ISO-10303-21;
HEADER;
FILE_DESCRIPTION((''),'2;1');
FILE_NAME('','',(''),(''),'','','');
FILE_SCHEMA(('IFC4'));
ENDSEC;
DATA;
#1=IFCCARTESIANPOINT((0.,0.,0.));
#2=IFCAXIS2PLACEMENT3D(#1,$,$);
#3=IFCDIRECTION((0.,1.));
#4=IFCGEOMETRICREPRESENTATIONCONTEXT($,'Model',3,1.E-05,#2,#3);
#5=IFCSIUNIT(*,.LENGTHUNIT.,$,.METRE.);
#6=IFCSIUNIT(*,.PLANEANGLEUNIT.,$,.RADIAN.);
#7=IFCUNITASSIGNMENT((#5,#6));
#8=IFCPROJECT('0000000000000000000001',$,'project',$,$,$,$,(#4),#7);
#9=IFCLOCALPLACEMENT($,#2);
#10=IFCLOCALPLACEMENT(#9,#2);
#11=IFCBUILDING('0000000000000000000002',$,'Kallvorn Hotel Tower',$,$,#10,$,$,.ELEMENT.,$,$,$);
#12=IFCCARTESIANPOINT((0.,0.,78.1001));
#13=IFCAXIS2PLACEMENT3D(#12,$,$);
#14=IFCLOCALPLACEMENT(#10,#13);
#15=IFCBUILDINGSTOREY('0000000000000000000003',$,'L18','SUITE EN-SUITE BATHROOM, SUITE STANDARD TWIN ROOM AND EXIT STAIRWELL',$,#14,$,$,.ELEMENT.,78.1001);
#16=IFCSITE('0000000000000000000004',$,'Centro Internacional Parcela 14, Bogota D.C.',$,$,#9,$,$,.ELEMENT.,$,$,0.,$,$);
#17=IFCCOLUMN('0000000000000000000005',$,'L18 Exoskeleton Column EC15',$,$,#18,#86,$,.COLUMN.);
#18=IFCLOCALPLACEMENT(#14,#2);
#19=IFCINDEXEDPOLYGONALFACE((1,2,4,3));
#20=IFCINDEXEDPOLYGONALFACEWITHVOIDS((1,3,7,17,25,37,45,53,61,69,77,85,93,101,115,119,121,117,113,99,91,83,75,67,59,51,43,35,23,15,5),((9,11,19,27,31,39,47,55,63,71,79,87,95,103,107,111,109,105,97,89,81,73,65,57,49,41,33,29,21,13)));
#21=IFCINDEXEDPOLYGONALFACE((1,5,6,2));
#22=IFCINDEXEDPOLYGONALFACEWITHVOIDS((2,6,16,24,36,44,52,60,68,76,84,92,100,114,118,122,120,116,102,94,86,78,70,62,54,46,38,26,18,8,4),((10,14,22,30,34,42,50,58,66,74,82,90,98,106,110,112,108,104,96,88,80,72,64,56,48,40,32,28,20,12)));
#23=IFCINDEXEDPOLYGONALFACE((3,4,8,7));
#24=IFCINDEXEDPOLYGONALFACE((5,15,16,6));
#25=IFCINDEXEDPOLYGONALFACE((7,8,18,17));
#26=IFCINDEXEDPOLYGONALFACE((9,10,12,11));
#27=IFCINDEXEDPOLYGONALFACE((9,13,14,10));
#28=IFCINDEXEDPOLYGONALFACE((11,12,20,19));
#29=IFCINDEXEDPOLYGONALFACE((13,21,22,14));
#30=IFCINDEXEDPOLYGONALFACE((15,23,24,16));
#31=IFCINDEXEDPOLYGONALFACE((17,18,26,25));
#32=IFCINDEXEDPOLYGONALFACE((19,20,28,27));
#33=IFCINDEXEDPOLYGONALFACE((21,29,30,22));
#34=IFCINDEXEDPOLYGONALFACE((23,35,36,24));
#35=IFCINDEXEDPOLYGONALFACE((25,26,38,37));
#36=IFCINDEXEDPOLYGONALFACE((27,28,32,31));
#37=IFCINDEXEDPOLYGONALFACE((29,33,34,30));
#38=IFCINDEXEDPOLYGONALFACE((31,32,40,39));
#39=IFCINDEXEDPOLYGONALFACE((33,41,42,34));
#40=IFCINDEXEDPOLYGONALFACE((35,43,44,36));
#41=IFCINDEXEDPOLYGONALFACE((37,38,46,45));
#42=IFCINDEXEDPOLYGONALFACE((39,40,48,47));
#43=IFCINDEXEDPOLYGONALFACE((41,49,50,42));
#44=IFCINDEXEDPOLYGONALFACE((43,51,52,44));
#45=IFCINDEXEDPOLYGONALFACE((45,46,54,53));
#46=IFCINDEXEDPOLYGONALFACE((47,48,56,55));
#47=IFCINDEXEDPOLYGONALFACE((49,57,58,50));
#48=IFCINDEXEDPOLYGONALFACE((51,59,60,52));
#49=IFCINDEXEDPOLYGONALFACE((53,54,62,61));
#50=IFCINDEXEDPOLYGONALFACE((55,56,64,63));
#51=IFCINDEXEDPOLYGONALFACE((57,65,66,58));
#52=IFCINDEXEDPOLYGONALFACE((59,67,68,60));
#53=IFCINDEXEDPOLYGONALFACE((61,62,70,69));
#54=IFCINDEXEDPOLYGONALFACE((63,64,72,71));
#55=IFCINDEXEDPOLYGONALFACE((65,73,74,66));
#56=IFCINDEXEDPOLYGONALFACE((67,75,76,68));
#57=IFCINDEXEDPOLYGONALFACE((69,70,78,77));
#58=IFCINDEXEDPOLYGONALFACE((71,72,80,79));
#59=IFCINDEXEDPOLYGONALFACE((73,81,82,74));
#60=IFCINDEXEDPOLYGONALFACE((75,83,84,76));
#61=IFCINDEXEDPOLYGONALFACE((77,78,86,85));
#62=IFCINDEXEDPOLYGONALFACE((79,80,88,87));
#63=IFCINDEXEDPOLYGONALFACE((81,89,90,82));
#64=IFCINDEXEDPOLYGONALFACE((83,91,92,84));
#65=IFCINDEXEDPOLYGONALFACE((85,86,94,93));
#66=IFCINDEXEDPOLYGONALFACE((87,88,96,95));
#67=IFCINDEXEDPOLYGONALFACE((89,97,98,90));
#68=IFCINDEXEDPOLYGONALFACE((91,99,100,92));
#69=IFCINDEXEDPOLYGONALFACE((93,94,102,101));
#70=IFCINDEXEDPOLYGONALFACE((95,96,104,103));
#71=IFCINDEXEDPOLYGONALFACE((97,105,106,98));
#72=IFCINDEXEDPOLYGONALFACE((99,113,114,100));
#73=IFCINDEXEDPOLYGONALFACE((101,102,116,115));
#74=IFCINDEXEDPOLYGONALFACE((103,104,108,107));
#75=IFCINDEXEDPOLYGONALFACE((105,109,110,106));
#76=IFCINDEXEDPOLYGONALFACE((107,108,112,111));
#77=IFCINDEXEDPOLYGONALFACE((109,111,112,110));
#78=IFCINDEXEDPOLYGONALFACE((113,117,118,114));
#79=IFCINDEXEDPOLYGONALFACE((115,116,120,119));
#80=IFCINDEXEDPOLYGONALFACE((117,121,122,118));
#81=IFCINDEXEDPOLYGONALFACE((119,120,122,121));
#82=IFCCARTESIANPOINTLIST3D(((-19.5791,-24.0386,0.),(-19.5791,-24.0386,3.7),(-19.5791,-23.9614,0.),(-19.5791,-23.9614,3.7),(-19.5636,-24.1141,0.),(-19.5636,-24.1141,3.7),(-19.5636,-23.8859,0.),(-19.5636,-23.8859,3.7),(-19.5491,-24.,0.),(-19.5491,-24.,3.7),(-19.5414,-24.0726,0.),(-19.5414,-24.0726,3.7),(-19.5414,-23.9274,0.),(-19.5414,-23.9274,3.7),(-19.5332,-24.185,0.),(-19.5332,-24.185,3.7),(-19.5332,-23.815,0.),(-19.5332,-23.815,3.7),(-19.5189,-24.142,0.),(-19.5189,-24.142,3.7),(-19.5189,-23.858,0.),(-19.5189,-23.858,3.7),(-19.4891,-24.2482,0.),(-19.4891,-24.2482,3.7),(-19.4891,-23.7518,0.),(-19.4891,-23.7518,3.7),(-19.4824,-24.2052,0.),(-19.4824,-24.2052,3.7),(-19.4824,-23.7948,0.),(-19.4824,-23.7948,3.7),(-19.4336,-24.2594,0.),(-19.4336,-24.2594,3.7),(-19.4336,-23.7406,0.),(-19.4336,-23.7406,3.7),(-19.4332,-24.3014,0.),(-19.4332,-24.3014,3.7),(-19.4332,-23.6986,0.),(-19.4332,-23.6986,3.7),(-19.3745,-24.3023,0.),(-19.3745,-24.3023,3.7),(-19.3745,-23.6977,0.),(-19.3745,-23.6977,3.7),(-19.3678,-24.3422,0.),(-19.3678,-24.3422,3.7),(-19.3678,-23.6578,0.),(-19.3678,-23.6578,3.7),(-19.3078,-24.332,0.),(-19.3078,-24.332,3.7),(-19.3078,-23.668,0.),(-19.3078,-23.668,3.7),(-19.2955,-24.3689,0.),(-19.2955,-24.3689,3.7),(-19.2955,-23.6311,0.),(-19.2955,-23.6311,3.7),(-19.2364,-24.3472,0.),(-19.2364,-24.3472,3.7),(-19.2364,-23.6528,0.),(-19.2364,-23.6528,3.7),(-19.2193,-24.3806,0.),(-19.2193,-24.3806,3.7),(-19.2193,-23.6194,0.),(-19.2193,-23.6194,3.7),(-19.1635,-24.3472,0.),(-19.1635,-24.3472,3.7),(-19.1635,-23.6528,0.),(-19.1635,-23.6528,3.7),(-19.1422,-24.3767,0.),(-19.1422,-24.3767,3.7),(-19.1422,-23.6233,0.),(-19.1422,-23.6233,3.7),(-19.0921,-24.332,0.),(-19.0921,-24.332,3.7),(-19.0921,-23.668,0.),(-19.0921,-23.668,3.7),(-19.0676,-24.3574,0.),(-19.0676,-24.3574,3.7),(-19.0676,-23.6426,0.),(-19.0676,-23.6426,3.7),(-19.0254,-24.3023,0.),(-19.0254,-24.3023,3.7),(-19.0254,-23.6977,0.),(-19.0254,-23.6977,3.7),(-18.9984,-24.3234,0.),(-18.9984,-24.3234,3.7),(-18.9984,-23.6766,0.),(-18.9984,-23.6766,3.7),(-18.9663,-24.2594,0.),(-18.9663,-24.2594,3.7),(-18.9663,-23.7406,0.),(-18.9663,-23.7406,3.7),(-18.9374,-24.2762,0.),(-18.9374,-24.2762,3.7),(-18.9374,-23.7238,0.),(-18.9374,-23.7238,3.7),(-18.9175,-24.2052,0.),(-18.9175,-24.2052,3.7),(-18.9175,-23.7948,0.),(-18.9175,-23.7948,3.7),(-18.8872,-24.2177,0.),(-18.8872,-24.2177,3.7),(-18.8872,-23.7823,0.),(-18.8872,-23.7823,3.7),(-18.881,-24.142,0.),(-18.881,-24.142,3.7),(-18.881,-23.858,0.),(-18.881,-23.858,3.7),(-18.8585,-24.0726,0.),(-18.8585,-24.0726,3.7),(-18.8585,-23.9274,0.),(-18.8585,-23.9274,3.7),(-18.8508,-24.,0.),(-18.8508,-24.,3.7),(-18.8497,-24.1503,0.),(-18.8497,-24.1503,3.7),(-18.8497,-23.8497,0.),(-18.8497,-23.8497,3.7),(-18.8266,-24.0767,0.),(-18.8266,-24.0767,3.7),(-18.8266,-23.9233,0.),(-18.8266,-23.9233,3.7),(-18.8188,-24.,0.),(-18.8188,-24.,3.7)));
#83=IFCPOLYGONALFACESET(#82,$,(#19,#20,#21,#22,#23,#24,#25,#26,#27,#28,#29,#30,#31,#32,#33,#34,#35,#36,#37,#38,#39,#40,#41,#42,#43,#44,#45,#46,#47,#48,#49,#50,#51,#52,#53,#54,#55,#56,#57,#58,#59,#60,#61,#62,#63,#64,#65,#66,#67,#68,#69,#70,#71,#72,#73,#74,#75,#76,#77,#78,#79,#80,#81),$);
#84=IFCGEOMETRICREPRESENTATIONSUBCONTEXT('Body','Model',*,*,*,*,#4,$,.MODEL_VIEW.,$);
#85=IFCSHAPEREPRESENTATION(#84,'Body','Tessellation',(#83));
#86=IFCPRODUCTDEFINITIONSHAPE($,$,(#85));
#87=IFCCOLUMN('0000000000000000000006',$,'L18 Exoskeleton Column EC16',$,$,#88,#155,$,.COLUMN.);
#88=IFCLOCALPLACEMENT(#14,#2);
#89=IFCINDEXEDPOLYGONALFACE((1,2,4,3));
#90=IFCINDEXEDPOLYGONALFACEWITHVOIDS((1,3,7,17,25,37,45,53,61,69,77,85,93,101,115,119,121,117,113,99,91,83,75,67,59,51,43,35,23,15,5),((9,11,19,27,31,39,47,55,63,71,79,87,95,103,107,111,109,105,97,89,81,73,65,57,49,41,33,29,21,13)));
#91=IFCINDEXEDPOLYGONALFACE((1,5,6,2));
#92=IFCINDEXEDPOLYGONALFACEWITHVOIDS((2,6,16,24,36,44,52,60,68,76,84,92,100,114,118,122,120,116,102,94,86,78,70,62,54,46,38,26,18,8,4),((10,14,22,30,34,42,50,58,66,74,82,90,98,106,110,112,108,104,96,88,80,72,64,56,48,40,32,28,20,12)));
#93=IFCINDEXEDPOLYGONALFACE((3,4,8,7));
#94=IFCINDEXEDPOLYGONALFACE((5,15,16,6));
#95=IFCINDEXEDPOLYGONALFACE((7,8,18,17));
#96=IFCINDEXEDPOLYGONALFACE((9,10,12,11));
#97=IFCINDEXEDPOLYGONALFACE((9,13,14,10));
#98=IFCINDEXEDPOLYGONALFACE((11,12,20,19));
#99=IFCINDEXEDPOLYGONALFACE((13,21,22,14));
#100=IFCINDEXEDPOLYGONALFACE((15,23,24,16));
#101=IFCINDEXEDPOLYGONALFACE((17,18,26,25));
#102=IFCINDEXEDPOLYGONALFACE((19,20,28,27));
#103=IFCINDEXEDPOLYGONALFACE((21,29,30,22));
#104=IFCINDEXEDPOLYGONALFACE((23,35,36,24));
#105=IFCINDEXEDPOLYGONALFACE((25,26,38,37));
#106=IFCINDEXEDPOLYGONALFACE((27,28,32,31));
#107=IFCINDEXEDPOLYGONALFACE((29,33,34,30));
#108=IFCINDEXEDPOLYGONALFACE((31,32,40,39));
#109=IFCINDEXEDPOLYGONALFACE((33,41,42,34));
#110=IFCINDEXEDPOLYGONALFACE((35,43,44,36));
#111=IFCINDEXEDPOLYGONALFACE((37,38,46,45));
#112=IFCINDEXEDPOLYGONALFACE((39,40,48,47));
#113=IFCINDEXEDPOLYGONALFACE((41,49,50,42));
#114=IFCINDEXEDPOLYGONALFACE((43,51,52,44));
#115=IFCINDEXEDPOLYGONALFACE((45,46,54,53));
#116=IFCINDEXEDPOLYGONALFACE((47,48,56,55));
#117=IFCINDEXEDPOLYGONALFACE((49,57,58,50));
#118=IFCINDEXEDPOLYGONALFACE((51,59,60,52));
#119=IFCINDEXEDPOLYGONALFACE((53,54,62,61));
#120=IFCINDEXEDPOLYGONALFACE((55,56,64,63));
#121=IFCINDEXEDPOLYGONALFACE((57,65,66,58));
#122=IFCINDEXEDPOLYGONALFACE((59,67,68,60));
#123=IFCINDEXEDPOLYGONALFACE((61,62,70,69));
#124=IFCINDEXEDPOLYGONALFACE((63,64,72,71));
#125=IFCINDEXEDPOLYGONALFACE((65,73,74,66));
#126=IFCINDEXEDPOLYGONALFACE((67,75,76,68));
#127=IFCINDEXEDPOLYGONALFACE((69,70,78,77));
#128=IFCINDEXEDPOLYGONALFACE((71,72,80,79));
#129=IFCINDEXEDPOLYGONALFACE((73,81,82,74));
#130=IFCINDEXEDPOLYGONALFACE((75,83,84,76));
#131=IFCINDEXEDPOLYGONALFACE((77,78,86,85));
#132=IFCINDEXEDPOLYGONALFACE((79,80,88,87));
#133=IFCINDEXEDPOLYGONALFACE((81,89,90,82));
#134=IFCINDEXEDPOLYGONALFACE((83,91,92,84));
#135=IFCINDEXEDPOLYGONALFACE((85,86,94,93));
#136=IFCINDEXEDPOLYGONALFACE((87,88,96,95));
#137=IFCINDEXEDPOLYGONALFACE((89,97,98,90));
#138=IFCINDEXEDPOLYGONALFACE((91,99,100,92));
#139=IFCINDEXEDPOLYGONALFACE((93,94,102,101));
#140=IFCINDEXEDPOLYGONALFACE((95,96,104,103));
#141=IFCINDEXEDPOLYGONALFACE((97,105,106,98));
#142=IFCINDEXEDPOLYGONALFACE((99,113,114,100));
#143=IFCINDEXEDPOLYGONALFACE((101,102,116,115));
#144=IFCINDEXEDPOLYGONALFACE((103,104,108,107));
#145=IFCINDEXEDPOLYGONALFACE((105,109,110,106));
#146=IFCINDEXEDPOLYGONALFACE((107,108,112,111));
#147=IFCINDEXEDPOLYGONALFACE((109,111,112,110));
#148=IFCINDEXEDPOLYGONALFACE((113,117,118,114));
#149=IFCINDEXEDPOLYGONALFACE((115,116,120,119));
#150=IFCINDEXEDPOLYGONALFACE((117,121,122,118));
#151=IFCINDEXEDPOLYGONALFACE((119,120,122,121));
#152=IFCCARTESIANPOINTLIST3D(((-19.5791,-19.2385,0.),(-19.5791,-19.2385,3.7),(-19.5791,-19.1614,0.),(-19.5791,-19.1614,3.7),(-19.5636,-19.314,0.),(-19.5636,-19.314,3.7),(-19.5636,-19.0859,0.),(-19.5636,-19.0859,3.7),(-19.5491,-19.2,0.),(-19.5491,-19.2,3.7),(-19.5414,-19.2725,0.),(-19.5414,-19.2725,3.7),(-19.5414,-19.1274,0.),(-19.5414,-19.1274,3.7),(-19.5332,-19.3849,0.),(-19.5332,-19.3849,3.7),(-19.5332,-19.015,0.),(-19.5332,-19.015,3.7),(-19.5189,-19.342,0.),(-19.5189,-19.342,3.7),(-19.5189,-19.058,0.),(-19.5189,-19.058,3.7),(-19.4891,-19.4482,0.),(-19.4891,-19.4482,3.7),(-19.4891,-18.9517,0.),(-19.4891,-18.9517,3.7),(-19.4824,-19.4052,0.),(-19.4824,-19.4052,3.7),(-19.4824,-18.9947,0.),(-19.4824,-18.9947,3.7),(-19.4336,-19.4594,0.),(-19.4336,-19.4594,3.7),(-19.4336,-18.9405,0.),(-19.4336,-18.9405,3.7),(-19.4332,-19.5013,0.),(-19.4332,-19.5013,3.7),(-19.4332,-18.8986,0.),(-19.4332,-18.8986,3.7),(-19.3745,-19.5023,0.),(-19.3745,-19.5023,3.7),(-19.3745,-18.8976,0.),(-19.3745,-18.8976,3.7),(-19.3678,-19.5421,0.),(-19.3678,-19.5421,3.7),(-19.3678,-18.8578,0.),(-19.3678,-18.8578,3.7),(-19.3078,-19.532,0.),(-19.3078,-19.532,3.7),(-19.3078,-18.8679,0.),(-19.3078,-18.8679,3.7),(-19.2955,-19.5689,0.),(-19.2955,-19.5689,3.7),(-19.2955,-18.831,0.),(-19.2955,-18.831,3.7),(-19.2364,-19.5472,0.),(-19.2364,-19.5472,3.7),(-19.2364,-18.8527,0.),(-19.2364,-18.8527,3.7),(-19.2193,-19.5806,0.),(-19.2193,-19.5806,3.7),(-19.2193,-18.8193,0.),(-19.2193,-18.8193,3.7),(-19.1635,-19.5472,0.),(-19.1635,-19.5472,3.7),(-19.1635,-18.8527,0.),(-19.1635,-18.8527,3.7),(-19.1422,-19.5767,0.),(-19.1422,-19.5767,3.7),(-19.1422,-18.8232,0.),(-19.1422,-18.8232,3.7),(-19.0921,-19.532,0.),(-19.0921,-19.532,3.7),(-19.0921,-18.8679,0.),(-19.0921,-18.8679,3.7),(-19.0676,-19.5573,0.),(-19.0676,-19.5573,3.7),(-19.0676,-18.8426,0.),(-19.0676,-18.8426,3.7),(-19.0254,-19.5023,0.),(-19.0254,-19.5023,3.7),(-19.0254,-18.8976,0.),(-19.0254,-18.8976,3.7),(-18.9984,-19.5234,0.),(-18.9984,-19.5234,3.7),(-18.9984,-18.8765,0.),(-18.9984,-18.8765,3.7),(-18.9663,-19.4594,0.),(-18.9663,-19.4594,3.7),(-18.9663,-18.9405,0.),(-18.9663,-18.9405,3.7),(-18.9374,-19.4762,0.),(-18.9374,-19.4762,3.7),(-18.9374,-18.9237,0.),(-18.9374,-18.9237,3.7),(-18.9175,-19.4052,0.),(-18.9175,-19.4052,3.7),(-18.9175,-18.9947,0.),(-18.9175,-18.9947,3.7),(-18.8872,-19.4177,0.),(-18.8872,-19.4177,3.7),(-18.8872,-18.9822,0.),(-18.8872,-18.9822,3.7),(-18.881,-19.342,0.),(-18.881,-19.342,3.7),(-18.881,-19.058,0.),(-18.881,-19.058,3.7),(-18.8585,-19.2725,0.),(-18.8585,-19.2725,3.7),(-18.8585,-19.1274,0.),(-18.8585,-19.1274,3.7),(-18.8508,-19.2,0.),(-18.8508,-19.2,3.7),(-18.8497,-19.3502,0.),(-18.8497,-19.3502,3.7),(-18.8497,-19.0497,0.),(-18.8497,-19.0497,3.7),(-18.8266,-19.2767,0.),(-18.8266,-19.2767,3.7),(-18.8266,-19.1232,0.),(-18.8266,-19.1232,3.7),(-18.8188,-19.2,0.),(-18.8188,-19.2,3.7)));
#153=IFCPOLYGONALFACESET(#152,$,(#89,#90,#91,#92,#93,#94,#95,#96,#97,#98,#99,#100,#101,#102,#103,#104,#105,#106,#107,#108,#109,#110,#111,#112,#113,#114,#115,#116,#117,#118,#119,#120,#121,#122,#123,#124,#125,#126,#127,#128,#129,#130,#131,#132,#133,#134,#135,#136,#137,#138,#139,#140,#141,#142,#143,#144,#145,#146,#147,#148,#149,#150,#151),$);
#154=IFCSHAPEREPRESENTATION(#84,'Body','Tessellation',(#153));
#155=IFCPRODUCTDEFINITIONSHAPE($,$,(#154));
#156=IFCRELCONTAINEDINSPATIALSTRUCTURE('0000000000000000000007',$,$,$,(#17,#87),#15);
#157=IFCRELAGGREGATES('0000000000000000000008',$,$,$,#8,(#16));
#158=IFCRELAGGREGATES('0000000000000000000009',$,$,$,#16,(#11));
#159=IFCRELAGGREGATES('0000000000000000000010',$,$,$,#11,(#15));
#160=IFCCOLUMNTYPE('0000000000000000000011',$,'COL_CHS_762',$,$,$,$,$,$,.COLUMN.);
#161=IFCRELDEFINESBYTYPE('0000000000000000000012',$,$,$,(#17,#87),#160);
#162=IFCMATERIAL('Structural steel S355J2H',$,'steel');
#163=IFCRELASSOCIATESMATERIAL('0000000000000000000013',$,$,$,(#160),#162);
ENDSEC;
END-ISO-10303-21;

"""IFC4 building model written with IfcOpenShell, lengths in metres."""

from ifc_helpers import new_model, si_unit, direction, frame, origin, origin_2d, place, context, subcontext, project, spatial, hollow_circle, extrude, material, material_profile, profile_set, type_object, element, save


model = new_model("IFC4")

# Units and contexts
model_context = context("Model", 3, precision=1e-05, world=origin(), true_north=direction((0.0, 1.0)))
body_context = subcontext(model_context, "Body", "Model", "MODEL_VIEW")
ifc_project = project(units=[si_unit("LENGTHUNIT", "METRE"), si_unit("PLANEANGLEUNIT", "RADIAN")], contexts=[model_context])

# Site, building, storey
site_placement = place(None, origin())
site = spatial("IfcSite", under=ifc_project, at=site_placement, Name="Centro Internacional Parcela 14, Bogota D.C.", CompositionType="ELEMENT", RefElevation=0.0)
building_placement = place(site_placement, origin())
building = spatial("IfcBuilding", under=site, at=building_placement, Name="Kallvorn Hotel Tower", CompositionType="ELEMENT")
storey_placement = place(building_placement, frame((0.0, 0.0, 78.1001)))
storey = spatial("IfcBuildingStorey", under=building, at=storey_placement, Name="L18", Description="SUITE EN-SUITE BATHROOM, SUITE STANDARD TWIN ROOM AND EXIT STAIRWELL", CompositionType="ELEMENT", Elevation=78.1001)

# Columns
ifc_material_1 = material(Name="Structural steel S355J2H", Category="steel")
ifc_material_profile_1 = material_profile(ifc_material_1, hollow_circle(Radius=0.3811, WallThickness=0.032, at=origin_2d()), Name="CHS 762x32")
ifc_profile_set_1 = profile_set([ifc_material_profile_1], Name="Structural steel S355J2H")
column_type = type_object("IfcColumnType", Name="COL_CHS_762", PredefinedType="COLUMN", material=ifc_profile_set_1)
for number, where, z_axis, x_axis, name in (
    (1, (-19.2, -24.0, 0.0), (0.0, 0.0, 1.0), (1.0, 0.0, 0.0), "L18 Exoskeleton Column EC15"),
    (2, (-19.2, -19.2, 0.0), (0.0, 0.0, 1.0), (1.0, 0.0, 0.0), "L18 Exoskeleton Column EC16"),
):
    element("IfcColumn", number, at=place(storey_placement, frame(where, z_axis=z_axis, x_axis=x_axis)), inside=storey, type_object=column_type, Name=name, PredefinedType="COLUMN", context=body_context, shape_type="SweptSolid", body=[
        extrude(hollow_circle(Radius=0.3811, WallThickness=0.032, at=origin_2d()), origin(), (0.0, 0.0, 1.0), 3.7),
    ])

save(model, "model.ifc")
